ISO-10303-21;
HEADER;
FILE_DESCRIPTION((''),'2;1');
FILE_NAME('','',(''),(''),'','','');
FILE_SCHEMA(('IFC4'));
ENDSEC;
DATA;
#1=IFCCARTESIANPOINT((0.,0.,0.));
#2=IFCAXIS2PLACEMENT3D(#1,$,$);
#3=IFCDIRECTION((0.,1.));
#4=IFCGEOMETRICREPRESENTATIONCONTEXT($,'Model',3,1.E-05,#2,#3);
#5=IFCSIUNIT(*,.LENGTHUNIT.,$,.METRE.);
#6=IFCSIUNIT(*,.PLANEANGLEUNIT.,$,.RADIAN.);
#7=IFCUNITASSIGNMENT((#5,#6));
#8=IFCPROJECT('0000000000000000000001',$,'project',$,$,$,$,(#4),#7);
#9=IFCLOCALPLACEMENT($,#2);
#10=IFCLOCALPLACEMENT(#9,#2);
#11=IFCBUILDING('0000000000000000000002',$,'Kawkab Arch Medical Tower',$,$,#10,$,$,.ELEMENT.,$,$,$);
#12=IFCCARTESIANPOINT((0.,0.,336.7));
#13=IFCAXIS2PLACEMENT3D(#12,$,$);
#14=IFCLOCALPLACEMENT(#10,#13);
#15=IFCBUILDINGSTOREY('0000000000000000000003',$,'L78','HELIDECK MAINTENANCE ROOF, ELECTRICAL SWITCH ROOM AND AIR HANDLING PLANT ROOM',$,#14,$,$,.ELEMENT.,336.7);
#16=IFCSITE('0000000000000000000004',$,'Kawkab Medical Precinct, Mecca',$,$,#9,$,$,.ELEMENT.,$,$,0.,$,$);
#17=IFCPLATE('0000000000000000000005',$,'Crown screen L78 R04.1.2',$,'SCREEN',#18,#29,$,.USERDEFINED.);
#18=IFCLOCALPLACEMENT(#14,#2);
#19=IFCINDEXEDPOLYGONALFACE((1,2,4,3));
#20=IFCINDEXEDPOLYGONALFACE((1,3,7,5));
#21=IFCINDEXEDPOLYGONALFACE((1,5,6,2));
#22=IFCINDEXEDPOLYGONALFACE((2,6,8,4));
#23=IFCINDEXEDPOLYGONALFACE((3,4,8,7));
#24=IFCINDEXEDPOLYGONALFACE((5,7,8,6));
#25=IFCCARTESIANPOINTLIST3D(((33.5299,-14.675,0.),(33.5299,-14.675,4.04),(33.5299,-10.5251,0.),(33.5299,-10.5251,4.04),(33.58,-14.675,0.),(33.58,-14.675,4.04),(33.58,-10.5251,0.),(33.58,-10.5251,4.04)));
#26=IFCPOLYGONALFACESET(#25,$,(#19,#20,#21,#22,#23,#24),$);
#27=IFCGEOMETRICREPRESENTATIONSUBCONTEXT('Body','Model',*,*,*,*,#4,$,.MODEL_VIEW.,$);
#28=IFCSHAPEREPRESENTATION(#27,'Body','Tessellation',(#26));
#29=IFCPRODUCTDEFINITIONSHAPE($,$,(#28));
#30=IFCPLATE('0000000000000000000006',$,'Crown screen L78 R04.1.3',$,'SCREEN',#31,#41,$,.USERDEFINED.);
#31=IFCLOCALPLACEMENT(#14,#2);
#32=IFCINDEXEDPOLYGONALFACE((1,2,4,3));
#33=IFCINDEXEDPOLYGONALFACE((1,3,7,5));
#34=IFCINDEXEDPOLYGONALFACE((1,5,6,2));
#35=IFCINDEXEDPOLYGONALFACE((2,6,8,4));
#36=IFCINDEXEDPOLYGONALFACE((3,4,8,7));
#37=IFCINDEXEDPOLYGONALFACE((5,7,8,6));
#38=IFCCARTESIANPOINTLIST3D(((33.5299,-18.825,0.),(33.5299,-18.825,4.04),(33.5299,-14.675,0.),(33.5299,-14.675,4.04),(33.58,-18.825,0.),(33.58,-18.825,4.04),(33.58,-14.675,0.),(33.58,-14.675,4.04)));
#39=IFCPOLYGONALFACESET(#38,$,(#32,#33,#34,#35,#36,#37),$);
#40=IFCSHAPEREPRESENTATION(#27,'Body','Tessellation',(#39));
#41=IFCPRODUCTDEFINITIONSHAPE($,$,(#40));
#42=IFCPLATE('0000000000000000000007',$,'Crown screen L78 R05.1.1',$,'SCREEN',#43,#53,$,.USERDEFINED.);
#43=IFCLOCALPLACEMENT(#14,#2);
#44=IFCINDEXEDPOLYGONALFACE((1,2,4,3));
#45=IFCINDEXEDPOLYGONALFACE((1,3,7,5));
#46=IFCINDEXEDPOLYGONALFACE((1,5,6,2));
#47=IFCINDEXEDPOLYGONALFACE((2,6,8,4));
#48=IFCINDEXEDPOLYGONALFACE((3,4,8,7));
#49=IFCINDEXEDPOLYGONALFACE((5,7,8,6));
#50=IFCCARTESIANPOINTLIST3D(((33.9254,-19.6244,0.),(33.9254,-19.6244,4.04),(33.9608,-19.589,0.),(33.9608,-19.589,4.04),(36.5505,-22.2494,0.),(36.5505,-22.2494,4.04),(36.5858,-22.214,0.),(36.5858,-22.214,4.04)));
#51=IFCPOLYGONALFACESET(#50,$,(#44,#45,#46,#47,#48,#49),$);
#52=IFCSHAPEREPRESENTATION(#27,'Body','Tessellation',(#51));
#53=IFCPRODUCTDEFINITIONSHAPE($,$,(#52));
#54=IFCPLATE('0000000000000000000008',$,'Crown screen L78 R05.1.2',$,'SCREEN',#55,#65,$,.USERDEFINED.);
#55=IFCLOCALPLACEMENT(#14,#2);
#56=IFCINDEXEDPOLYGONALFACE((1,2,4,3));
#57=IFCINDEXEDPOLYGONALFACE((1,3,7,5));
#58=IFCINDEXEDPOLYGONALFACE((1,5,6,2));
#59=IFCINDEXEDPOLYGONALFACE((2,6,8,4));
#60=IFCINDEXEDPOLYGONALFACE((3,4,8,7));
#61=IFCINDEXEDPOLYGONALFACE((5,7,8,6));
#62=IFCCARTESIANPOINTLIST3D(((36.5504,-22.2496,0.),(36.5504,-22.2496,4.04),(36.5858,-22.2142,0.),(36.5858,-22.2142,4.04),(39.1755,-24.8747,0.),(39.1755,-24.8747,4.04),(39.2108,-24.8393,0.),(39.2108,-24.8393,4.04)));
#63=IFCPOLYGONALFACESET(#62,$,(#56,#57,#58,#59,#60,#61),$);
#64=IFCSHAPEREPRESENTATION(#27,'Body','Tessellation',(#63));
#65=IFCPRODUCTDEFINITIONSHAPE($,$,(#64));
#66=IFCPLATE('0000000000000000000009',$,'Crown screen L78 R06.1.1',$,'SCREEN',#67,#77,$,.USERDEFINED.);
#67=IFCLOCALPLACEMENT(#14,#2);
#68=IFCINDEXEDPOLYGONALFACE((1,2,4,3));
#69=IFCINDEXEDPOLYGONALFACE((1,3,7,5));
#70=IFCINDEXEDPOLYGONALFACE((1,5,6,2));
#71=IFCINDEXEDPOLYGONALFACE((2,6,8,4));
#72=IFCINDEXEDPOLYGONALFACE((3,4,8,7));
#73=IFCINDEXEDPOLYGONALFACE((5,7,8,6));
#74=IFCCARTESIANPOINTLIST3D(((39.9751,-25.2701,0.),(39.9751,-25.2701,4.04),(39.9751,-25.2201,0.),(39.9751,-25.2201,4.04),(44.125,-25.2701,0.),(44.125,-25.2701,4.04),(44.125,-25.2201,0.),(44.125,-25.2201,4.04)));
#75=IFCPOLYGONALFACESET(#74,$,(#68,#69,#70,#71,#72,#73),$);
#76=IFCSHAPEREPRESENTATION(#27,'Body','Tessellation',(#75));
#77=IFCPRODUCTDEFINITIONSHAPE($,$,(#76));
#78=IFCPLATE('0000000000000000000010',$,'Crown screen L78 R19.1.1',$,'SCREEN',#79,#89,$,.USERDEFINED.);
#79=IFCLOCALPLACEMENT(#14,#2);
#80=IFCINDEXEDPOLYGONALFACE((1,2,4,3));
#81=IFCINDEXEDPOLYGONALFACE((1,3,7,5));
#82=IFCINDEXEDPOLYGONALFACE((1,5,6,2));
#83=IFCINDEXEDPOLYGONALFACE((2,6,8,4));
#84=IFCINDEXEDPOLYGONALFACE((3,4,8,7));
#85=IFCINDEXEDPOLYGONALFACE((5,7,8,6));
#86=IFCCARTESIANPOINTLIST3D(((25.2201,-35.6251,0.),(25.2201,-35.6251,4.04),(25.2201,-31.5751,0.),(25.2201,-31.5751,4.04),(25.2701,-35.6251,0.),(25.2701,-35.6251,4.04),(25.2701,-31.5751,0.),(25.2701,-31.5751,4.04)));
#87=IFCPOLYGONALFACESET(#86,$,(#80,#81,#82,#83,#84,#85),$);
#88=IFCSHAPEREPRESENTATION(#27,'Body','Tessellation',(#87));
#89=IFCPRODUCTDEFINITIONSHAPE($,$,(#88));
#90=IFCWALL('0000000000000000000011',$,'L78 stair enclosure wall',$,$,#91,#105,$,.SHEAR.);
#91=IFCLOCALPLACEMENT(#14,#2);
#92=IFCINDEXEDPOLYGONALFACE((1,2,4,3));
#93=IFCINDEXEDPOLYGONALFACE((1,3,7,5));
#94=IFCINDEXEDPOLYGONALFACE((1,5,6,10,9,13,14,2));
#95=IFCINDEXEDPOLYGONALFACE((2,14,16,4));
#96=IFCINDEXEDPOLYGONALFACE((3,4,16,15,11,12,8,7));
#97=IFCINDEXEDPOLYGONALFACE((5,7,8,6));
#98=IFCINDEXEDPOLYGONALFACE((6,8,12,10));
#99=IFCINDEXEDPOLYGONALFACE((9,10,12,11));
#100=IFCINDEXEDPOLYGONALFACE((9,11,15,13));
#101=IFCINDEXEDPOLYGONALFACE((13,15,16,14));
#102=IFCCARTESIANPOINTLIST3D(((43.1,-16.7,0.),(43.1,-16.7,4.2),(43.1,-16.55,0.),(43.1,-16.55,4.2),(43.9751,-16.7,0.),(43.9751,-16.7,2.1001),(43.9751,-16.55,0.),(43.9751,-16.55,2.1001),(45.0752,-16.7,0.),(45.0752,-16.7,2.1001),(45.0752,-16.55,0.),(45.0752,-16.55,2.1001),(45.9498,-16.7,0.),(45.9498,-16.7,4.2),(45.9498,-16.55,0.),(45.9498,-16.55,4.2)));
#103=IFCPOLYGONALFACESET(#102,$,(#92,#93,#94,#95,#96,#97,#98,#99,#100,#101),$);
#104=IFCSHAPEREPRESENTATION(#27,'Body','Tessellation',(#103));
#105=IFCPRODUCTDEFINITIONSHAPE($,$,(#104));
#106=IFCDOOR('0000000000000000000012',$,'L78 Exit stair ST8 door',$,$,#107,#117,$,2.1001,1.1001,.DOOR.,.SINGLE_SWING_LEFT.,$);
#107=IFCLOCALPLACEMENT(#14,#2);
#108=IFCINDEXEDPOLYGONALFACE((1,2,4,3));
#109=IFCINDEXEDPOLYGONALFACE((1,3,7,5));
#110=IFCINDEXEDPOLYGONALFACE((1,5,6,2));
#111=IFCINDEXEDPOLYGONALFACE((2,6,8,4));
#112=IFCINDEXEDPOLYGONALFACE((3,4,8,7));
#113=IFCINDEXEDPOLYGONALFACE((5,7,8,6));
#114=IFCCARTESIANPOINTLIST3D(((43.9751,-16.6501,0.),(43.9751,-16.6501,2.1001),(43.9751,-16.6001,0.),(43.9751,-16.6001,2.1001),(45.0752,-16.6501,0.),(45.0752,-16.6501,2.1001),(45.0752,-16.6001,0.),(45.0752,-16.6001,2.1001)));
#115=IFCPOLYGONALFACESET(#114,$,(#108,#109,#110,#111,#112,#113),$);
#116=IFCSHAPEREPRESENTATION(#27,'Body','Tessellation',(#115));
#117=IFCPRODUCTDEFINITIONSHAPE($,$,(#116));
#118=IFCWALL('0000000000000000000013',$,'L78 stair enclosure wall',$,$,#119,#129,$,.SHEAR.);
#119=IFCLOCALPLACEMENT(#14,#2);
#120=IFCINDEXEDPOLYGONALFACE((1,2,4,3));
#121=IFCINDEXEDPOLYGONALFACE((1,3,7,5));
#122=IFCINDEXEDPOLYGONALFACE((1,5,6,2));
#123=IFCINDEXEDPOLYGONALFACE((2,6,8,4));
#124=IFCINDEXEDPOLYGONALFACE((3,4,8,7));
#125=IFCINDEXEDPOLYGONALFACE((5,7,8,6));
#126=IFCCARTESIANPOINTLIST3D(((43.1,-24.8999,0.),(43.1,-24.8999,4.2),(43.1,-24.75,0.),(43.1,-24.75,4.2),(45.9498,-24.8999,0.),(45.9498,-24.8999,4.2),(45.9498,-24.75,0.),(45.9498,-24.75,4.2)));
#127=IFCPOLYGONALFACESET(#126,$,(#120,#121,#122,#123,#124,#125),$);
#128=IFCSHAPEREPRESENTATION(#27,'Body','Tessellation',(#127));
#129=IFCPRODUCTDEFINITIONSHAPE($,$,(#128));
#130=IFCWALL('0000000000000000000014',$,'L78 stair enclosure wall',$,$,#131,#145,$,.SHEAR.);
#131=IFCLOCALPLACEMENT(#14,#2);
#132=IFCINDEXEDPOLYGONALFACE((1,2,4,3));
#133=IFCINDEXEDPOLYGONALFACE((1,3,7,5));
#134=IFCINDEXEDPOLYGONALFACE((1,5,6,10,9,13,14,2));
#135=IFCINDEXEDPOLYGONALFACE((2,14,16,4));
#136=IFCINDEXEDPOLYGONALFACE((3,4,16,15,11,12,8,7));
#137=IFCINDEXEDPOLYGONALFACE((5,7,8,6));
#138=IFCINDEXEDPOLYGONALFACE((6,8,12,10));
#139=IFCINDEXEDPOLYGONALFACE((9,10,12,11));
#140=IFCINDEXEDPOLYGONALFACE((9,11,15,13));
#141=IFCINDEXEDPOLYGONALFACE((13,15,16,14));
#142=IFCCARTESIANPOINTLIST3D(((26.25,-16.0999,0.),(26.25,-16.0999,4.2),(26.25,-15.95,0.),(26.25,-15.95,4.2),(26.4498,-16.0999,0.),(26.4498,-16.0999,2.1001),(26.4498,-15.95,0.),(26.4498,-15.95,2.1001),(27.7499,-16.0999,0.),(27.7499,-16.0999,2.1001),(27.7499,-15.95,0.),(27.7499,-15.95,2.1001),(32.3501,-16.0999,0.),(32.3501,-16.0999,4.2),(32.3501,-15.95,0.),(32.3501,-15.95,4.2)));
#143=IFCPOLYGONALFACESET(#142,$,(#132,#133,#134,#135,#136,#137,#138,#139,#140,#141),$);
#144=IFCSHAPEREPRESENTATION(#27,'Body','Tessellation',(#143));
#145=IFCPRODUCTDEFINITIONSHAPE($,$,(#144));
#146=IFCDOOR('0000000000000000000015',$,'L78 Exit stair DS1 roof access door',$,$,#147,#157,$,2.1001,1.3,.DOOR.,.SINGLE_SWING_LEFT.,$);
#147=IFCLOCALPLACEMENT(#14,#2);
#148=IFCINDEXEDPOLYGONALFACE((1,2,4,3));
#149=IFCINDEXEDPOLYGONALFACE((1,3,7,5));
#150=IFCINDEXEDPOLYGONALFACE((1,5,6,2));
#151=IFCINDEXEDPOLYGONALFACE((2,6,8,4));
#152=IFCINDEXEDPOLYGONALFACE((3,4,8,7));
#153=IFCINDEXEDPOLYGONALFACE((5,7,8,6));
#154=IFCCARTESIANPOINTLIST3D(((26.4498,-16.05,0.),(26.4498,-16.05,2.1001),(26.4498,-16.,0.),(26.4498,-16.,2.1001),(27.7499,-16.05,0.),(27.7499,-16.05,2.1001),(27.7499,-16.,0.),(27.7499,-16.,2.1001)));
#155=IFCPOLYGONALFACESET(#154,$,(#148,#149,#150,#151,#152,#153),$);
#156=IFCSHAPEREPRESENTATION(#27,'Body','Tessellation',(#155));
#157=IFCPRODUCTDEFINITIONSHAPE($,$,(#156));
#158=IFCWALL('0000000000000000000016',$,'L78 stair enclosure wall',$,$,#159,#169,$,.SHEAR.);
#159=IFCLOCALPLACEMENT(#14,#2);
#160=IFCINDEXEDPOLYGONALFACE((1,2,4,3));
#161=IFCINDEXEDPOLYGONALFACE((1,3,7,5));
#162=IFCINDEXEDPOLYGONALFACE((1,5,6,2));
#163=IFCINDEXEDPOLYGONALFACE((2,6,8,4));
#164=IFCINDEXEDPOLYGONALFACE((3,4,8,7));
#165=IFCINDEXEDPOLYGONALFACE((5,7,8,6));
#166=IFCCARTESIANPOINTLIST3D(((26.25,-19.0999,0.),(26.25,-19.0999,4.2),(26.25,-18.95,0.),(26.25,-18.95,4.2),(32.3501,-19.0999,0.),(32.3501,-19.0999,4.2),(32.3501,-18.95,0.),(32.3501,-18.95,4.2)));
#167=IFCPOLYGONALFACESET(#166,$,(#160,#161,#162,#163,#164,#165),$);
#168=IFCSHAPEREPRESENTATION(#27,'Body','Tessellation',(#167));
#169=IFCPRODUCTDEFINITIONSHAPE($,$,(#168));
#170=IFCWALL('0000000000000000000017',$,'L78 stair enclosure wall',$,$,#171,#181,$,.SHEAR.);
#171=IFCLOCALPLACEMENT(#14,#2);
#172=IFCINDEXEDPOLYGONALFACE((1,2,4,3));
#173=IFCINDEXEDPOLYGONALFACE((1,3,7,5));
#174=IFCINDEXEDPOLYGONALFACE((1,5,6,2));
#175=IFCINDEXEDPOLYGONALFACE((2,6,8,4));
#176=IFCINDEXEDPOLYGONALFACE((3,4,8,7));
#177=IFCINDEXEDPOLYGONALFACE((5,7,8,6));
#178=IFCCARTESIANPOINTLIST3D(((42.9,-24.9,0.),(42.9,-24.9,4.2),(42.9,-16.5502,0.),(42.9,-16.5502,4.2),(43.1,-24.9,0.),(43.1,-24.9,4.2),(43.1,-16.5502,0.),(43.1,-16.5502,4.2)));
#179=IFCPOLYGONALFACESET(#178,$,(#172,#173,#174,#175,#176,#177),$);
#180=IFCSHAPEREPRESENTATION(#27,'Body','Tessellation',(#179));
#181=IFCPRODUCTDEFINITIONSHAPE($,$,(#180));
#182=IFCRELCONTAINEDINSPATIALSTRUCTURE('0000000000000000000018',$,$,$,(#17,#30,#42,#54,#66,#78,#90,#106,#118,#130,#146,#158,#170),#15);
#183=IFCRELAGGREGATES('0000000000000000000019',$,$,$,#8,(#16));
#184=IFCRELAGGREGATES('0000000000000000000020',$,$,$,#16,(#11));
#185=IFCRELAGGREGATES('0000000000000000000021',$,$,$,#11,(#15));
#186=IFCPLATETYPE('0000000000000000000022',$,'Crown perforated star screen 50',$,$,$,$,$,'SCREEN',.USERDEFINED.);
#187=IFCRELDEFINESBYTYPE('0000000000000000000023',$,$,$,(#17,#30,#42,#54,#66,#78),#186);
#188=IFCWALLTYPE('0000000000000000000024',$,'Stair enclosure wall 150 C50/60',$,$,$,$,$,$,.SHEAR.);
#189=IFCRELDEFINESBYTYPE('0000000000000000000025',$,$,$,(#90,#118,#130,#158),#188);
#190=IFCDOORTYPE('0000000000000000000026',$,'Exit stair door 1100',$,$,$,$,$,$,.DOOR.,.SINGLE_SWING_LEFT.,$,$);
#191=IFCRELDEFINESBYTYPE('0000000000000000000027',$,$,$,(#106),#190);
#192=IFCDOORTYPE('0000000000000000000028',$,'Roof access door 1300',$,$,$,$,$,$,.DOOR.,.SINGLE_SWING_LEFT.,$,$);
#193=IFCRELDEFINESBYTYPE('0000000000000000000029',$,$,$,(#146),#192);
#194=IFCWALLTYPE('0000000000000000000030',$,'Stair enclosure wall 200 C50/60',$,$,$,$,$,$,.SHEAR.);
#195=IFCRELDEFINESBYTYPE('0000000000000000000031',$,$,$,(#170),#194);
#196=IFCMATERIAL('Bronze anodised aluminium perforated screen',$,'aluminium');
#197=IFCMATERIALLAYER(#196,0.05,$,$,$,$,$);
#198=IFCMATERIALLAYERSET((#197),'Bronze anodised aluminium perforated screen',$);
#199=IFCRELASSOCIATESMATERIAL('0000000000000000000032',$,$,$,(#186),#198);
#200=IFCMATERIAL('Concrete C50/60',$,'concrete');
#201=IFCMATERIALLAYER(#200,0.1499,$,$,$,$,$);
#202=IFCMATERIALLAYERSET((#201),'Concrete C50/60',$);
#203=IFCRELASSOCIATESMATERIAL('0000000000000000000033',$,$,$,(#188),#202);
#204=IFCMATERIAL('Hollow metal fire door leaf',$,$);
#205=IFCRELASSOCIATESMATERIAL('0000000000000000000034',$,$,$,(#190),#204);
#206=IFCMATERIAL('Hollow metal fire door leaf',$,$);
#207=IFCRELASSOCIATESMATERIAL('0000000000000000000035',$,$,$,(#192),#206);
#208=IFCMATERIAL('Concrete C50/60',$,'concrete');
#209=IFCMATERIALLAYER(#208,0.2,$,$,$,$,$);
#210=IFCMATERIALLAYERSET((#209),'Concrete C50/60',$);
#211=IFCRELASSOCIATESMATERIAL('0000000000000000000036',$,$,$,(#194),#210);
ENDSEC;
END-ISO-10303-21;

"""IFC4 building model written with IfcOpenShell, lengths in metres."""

from ifc_helpers import new_model, si_unit, direction, frame, frame_2d, origin, origin_2d, place, context, subcontext, project, spatial, rectangle, extrude, material, layer, layer_set, type_object, element, fill, save


model = new_model("IFC4")

# Units and contexts
model_context = context("Model", 3, precision=1e-05, world=origin(), true_north=direction((0.0, 1.0)))
body_context = subcontext(model_context, "Body", "Model", "MODEL_VIEW")
ifc_project = project(units=[si_unit("LENGTHUNIT", "METRE"), si_unit("PLANEANGLEUNIT", "RADIAN")], contexts=[model_context])

# Site, building, storey
site_placement = place(None, origin())
site = spatial("IfcSite", under=ifc_project, at=site_placement, Name="Kawkab Medical Precinct, Mecca", CompositionType="ELEMENT", RefElevation=0.0)
building_placement = place(site_placement, origin())
building = spatial("IfcBuilding", under=site, at=building_placement, Name="Kawkab Arch Medical Tower", CompositionType="ELEMENT")
storey_placement = place(building_placement, frame((0.0, 0.0, 336.7)))
storey = spatial("IfcBuildingStorey", under=building, at=storey_placement, Name="L78", Description="HELIDECK MAINTENANCE ROOF, ELECTRICAL SWITCH ROOM AND AIR HANDLING PLANT ROOM", CompositionType="ELEMENT", Elevation=336.7)

# Plates
ifc_material_1 = material(Name="Bronze anodised aluminium perforated screen", Category="aluminium")
ifc_layer_1 = layer(ifc_material_1, 0.05)
ifc_layer_set_1 = layer_set([ifc_layer_1], Name="Bronze anodised aluminium perforated screen")
plate_type_1 = type_object("IfcPlateType", Name="Crown perforated star screen 50", ElementType="SCREEN", PredefinedType="USERDEFINED", material=ifc_layer_set_1)
for number, where, z_axis, x_axis, name in (
    (1, (33.5549, -12.6001, 0.0), (0.0, 0.0, 1.0), (0.0, -1.0, 0.0), "Crown screen L78 R04.1.2"),
    (2, (33.5549, -16.75, 0.0), (0.0, 0.0, 1.0), (0.0, -1.0, 0.0), "Crown screen L78 R04.1.3"),
):
    element("IfcPlate", number, at=place(storey_placement, frame(where, z_axis=z_axis, x_axis=x_axis)), inside=storey, type_object=plate_type_1, Name=name, ObjectType="SCREEN", PredefinedType="USERDEFINED", context=body_context, shape_type="SweptSolid", body=[
        extrude(rectangle(XDim=4.1499, YDim=0.05, at=origin_2d()), origin(), (0.0, 0.0, 1.0), 4.04),
    ])
for number, where, z_axis, x_axis, name in (
    (3, (35.2556, -20.9192, 0.0), (0.0, 0.0, 1.0), (0.707107, -0.707107, 0.0), "Crown screen L78 R05.1.1"),
    (4, (37.8806, -23.5444, 0.0), (0.0, 0.0, 1.0), (0.707107, -0.707107, 0.0), "Crown screen L78 R05.1.2"),
):
    element("IfcPlate", number, at=place(storey_placement, frame(where, z_axis=z_axis, x_axis=x_axis)), inside=storey, type_object=plate_type_1, Name=name, ObjectType="SCREEN", PredefinedType="USERDEFINED", context=body_context, shape_type="SweptSolid", body=[
        extrude(rectangle(XDim=3.7124, YDim=0.05, at=origin_2d()), origin(), (0.0, 0.0, 1.0), 4.04),
    ])
plate_1_placement = place(storey_placement, frame((42.05, -25.2451, 0.0), z_axis=(0.0, 0.0, 1.0), x_axis=(1.0, 0.0, 0.0)))
element("IfcPlate", 5, at=plate_1_placement, inside=storey, type_object=plate_type_1, Name="Crown screen L78 R06.1.1", ObjectType="SCREEN", PredefinedType="USERDEFINED", context=body_context, shape_type="SweptSolid", body=[
    extrude(rectangle(XDim=4.1499, YDim=0.05, at=origin_2d()), origin(), (0.0, 0.0, 1.0), 4.04),
])
plate_2_placement = place(storey_placement, frame((25.2451, -33.6001, 0.0), z_axis=(0.0, 0.0, 1.0), x_axis=(0.0, 1.0, 0.0)))
element("IfcPlate", 6, at=plate_2_placement, inside=storey, type_object=plate_type_1, Name="Crown screen L78 R19.1.1", ObjectType="SCREEN", PredefinedType="USERDEFINED", context=body_context, shape_type="SweptSolid", body=[
    extrude(rectangle(XDim=4.05, YDim=0.05, at=origin_2d()), origin(), (0.0, 0.0, 1.0), 4.04),
])

# Wall, opening, door
ifc_material_2 = material(Name="Concrete C50/60", Category="concrete")
ifc_layer_2 = layer(ifc_material_2, 0.1499)
ifc_layer_set_2 = layer_set([ifc_layer_2], Name="Concrete C50/60")
wall_type_1 = type_object("IfcWallType", Name="Stair enclosure wall 150 C50/60", PredefinedType="SHEAR", material=ifc_layer_set_2)
wall_1_placement = place(storey_placement, frame((43.1001, -16.625, 0.0), z_axis=(0.0, 0.0, 1.0), x_axis=(1.0, 0.0, 0.0)))
wall_1 = element("IfcWall", 7, at=wall_1_placement, inside=storey, type_object=wall_type_1, Name="L78 stair enclosure wall", PredefinedType="SHEAR", context=body_context, shape_type="SweptSolid", body=[
    extrude(rectangle(XDim=2.8499, YDim=0.1499, at=frame_2d((1.4248, 0.0))), origin(), (0.0, 0.0, 1.0), 4.2),
])
opening_1_placement = place(wall_1_placement, frame((0.875, 0.0, 0.0)))
opening_1 = element("IfcOpeningElement", 8, at=opening_1_placement, cuts=wall_1, PredefinedType="OPENING", context=body_context, shape_type="SweptSolid", body=[
    extrude(rectangle(XDim=1.1001, YDim=2.1001, at=frame_2d((0.55, 1.05))), frame((0.0, 0.085, 0.0), z_axis=(0.0, -1.0, 0.0), x_axis=(1.0, 0.0, 0.0)), (0.0, 0.0, 1.0), 0.1699),
])
ifc_material_3 = material(Name="Hollow metal fire door leaf")
door_type_1 = type_object("IfcDoorType", Name="Exit stair door 1100", OperationType="SINGLE_SWING_LEFT", PredefinedType="DOOR", material=ifc_material_3)
door_1_placement = place(opening_1_placement, origin())
door_1 = element("IfcDoor", 9, at=door_1_placement, inside=storey, type_object=door_type_1, Name="L78 Exit stair ST8 door", OperationType="SINGLE_SWING_LEFT", OverallHeight=2.1001, OverallWidth=1.1001, PredefinedType="DOOR", context=body_context, shape_type="SweptSolid", body=[
    extrude(rectangle(XDim=1.1001, YDim=2.1001, at=frame_2d((0.55, 1.05))), frame((0.0, 0.0249, 0.0), z_axis=(0.0, -1.0, 0.0), x_axis=(1.0, 0.0, 0.0)), (0.0, 0.0, 1.0), 0.05),
])
fill(opening_1, door_1)

# Wall
wall_2_placement = place(storey_placement, frame((43.1001, -24.825, 0.0), z_axis=(0.0, 0.0, 1.0), x_axis=(1.0, 0.0, 0.0)))
element("IfcWall", 10, at=wall_2_placement, inside=storey, type_object=wall_type_1, Name="L78 stair enclosure wall", PredefinedType="SHEAR", context=body_context, shape_type="SweptSolid", body=[
    extrude(rectangle(XDim=2.8499, YDim=0.1499, at=frame_2d((1.4248, 0.0))), origin(), (0.0, 0.0, 1.0), 4.2),
])

# Wall, opening, door
wall_3_placement = place(storey_placement, frame((26.25, -16.0249, 0.0), z_axis=(0.0, 0.0, 1.0), x_axis=(1.0, 0.0, 0.0)))
wall_3 = element("IfcWall", 11, at=wall_3_placement, inside=storey, type_object=wall_type_1, Name="L78 stair enclosure wall", PredefinedType="SHEAR", context=body_context, shape_type="SweptSolid", body=[
    extrude(rectangle(XDim=6.1001, YDim=0.1499, at=frame_2d((3.05, 0.0))), origin(), (0.0, 0.0, 1.0), 4.2),
])
opening_2_placement = place(wall_3_placement, frame((0.2, 0.0, 0.0)))
opening_2 = element("IfcOpeningElement", 12, at=opening_2_placement, cuts=wall_3, PredefinedType="OPENING", context=body_context, shape_type="SweptSolid", body=[
    extrude(rectangle(XDim=1.3, YDim=2.1001, at=frame_2d((0.6499, 1.05))), frame((0.0, 0.085, 0.0), z_axis=(0.0, -1.0, 0.0), x_axis=(1.0, 0.0, 0.0)), (0.0, 0.0, 1.0), 0.1699),
])
ifc_material_4 = material(Name="Hollow metal fire door leaf")
door_type_2 = type_object("IfcDoorType", Name="Roof access door 1300", OperationType="SINGLE_SWING_LEFT", PredefinedType="DOOR", material=ifc_material_4)
door_2_placement = place(opening_2_placement, origin())
door_2 = element("IfcDoor", 13, at=door_2_placement, inside=storey, type_object=door_type_2, Name="L78 Exit stair DS1 roof access door", OperationType="SINGLE_SWING_LEFT", OverallHeight=2.1001, OverallWidth=1.3, PredefinedType="DOOR", context=body_context, shape_type="SweptSolid", body=[
    extrude(rectangle(XDim=1.3, YDim=2.1001, at=frame_2d((0.6499, 1.05))), frame((0.0, 0.0249, 0.0), z_axis=(0.0, -1.0, 0.0), x_axis=(1.0, 0.0, 0.0)), (0.0, 0.0, 1.0), 0.05),
])
fill(opening_2, door_2)

# Walls
wall_4_placement = place(storey_placement, frame((26.25, -19.0249, 0.0), z_axis=(0.0, 0.0, 1.0), x_axis=(1.0, 0.0, 0.0)))
element("IfcWall", 14, at=wall_4_placement, inside=storey, type_object=wall_type_1, Name="L78 stair enclosure wall", PredefinedType="SHEAR", context=body_context, shape_type="SweptSolid", body=[
    extrude(rectangle(XDim=6.1001, YDim=0.1499, at=frame_2d((3.05, 0.0))), origin(), (0.0, 0.0, 1.0), 4.2),
])
ifc_material_5 = material(Name="Concrete C50/60", Category="concrete")
ifc_layer_3 = layer(ifc_material_5, 0.2)
ifc_layer_set_3 = layer_set([ifc_layer_3], Name="Concrete C50/60")
wall_type_2 = type_object("IfcWallType", Name="Stair enclosure wall 200 C50/60", PredefinedType="SHEAR", material=ifc_layer_set_3)
wall_5_placement = place(storey_placement, frame((43.0, -24.8999, 0.0), z_axis=(0.0, 0.0, 1.0), x_axis=(0.0, 1.0, 0.0)))
element("IfcWall", 15, at=wall_5_placement, inside=storey, type_object=wall_type_2, Name="L78 stair enclosure wall", PredefinedType="SHEAR", context=body_context, shape_type="SweptSolid", body=[
    extrude(rectangle(XDim=8.3499, YDim=0.2, at=frame_2d((4.1748, 0.0))), origin(), (0.0, 0.0, 1.0), 4.2),
])

save(model, "model.ifc")
